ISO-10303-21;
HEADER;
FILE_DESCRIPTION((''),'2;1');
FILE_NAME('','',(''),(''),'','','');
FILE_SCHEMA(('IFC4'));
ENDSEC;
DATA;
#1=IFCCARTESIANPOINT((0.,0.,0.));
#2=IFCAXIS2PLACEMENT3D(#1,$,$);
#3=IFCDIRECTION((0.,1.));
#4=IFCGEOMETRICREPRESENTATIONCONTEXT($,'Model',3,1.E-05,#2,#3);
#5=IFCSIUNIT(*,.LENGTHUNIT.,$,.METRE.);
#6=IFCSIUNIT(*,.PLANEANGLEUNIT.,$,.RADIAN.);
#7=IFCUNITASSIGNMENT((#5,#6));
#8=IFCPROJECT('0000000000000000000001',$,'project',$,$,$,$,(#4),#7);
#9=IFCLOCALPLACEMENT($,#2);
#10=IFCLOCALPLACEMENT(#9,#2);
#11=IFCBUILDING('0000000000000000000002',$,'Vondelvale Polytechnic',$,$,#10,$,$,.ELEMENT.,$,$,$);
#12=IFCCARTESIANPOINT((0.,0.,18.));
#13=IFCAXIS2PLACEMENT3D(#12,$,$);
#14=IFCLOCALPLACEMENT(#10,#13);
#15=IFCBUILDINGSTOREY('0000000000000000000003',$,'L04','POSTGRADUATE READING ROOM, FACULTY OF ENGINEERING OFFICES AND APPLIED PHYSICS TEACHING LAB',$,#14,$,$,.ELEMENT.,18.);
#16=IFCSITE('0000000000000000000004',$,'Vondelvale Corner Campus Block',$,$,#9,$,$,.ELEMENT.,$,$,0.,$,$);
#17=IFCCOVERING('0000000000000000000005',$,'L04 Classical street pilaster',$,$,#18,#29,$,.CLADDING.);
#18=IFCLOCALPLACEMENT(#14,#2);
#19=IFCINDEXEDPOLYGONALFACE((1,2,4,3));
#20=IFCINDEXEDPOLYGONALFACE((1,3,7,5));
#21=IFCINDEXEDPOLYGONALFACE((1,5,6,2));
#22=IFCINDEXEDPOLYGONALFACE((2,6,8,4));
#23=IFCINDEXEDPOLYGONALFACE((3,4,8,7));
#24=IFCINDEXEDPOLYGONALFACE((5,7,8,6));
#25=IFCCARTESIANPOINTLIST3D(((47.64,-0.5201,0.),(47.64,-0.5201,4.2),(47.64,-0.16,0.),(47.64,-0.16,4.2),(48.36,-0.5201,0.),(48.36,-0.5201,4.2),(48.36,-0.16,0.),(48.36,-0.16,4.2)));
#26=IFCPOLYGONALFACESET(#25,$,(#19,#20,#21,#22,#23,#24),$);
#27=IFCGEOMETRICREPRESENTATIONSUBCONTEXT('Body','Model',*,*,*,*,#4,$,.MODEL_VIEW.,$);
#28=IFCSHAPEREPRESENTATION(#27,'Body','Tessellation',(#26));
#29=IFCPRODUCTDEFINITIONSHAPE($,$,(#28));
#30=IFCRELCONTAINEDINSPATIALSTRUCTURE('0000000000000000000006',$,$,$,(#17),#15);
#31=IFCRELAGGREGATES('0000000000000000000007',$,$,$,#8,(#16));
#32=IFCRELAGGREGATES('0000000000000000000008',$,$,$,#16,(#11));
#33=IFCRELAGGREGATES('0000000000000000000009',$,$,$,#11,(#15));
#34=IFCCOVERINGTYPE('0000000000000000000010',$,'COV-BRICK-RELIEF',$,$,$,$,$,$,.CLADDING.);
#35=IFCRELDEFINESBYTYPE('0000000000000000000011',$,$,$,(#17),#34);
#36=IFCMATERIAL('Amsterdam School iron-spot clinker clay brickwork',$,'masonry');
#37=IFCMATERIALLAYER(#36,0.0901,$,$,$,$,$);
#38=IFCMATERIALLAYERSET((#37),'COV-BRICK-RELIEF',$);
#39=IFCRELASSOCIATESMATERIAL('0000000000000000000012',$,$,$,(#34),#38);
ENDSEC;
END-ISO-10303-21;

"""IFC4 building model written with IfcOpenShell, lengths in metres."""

from ifc_helpers import new_model, si_unit, direction, frame, origin, origin_2d, place, context, subcontext, project, spatial, rectangle, extrude, material, layer, layer_set, type_object, element, save


model = new_model("IFC4")

# Units and contexts
model_context = context("Model", 3, precision=1e-05, world=origin(), true_north=direction((0.0, 1.0)))
body_context = subcontext(model_context, "Body", "Model", "MODEL_VIEW")
ifc_project = project(units=[si_unit("LENGTHUNIT", "METRE"), si_unit("PLANEANGLEUNIT", "RADIAN")], contexts=[model_context])

# Site, building, storey
site_placement = place(None, origin())
site = spatial("IfcSite", under=ifc_project, at=site_placement, Name="Vondelvale Corner Campus Block", CompositionType="ELEMENT", RefElevation=0.0)
building_placement = place(site_placement, origin())
building = spatial("IfcBuilding", under=site, at=building_placement, Name="Vondelvale Polytechnic", CompositionType="ELEMENT")
storey_placement = place(building_placement, frame((0.0, 0.0, 18.0)))
storey = spatial("IfcBuildingStorey", under=building, at=storey_placement, Name="L04", Description="POSTGRADUATE READING ROOM, FACULTY OF ENGINEERING OFFICES AND APPLIED PHYSICS TEACHING LAB", CompositionType="ELEMENT", Elevation=18.0)

# Shared definitions
ifc_material_1 = material(Name="Amsterdam School iron-spot clinker clay brickwork", Category="masonry")

# Covering
ifc_layer_1 = layer(ifc_material_1, 0.0901)
ifc_layer_set_1 = layer_set([ifc_layer_1], Name="COV-BRICK-RELIEF")
covering_type = type_object("IfcCoveringType", Name="COV-BRICK-RELIEF", PredefinedType="CLADDING", material=ifc_layer_set_1)
covering_placement = place(storey_placement, frame((48.0, -0.3401, 0.0), z_axis=(0.0, 0.0, 1.0), x_axis=(1.0, 0.0, 0.0)))
element("IfcCovering", 1, at=covering_placement, inside=storey, type_object=covering_type, Name="L04 Classical street pilaster", PredefinedType="CLADDING", context=body_context, shape_type="SweptSolid", body=[
    extrude(rectangle(XDim=0.72, YDim=0.3601, at=origin_2d()), origin(), (0.0, 0.0, 1.0), 4.2),
])

save(model, "model.ifc")
